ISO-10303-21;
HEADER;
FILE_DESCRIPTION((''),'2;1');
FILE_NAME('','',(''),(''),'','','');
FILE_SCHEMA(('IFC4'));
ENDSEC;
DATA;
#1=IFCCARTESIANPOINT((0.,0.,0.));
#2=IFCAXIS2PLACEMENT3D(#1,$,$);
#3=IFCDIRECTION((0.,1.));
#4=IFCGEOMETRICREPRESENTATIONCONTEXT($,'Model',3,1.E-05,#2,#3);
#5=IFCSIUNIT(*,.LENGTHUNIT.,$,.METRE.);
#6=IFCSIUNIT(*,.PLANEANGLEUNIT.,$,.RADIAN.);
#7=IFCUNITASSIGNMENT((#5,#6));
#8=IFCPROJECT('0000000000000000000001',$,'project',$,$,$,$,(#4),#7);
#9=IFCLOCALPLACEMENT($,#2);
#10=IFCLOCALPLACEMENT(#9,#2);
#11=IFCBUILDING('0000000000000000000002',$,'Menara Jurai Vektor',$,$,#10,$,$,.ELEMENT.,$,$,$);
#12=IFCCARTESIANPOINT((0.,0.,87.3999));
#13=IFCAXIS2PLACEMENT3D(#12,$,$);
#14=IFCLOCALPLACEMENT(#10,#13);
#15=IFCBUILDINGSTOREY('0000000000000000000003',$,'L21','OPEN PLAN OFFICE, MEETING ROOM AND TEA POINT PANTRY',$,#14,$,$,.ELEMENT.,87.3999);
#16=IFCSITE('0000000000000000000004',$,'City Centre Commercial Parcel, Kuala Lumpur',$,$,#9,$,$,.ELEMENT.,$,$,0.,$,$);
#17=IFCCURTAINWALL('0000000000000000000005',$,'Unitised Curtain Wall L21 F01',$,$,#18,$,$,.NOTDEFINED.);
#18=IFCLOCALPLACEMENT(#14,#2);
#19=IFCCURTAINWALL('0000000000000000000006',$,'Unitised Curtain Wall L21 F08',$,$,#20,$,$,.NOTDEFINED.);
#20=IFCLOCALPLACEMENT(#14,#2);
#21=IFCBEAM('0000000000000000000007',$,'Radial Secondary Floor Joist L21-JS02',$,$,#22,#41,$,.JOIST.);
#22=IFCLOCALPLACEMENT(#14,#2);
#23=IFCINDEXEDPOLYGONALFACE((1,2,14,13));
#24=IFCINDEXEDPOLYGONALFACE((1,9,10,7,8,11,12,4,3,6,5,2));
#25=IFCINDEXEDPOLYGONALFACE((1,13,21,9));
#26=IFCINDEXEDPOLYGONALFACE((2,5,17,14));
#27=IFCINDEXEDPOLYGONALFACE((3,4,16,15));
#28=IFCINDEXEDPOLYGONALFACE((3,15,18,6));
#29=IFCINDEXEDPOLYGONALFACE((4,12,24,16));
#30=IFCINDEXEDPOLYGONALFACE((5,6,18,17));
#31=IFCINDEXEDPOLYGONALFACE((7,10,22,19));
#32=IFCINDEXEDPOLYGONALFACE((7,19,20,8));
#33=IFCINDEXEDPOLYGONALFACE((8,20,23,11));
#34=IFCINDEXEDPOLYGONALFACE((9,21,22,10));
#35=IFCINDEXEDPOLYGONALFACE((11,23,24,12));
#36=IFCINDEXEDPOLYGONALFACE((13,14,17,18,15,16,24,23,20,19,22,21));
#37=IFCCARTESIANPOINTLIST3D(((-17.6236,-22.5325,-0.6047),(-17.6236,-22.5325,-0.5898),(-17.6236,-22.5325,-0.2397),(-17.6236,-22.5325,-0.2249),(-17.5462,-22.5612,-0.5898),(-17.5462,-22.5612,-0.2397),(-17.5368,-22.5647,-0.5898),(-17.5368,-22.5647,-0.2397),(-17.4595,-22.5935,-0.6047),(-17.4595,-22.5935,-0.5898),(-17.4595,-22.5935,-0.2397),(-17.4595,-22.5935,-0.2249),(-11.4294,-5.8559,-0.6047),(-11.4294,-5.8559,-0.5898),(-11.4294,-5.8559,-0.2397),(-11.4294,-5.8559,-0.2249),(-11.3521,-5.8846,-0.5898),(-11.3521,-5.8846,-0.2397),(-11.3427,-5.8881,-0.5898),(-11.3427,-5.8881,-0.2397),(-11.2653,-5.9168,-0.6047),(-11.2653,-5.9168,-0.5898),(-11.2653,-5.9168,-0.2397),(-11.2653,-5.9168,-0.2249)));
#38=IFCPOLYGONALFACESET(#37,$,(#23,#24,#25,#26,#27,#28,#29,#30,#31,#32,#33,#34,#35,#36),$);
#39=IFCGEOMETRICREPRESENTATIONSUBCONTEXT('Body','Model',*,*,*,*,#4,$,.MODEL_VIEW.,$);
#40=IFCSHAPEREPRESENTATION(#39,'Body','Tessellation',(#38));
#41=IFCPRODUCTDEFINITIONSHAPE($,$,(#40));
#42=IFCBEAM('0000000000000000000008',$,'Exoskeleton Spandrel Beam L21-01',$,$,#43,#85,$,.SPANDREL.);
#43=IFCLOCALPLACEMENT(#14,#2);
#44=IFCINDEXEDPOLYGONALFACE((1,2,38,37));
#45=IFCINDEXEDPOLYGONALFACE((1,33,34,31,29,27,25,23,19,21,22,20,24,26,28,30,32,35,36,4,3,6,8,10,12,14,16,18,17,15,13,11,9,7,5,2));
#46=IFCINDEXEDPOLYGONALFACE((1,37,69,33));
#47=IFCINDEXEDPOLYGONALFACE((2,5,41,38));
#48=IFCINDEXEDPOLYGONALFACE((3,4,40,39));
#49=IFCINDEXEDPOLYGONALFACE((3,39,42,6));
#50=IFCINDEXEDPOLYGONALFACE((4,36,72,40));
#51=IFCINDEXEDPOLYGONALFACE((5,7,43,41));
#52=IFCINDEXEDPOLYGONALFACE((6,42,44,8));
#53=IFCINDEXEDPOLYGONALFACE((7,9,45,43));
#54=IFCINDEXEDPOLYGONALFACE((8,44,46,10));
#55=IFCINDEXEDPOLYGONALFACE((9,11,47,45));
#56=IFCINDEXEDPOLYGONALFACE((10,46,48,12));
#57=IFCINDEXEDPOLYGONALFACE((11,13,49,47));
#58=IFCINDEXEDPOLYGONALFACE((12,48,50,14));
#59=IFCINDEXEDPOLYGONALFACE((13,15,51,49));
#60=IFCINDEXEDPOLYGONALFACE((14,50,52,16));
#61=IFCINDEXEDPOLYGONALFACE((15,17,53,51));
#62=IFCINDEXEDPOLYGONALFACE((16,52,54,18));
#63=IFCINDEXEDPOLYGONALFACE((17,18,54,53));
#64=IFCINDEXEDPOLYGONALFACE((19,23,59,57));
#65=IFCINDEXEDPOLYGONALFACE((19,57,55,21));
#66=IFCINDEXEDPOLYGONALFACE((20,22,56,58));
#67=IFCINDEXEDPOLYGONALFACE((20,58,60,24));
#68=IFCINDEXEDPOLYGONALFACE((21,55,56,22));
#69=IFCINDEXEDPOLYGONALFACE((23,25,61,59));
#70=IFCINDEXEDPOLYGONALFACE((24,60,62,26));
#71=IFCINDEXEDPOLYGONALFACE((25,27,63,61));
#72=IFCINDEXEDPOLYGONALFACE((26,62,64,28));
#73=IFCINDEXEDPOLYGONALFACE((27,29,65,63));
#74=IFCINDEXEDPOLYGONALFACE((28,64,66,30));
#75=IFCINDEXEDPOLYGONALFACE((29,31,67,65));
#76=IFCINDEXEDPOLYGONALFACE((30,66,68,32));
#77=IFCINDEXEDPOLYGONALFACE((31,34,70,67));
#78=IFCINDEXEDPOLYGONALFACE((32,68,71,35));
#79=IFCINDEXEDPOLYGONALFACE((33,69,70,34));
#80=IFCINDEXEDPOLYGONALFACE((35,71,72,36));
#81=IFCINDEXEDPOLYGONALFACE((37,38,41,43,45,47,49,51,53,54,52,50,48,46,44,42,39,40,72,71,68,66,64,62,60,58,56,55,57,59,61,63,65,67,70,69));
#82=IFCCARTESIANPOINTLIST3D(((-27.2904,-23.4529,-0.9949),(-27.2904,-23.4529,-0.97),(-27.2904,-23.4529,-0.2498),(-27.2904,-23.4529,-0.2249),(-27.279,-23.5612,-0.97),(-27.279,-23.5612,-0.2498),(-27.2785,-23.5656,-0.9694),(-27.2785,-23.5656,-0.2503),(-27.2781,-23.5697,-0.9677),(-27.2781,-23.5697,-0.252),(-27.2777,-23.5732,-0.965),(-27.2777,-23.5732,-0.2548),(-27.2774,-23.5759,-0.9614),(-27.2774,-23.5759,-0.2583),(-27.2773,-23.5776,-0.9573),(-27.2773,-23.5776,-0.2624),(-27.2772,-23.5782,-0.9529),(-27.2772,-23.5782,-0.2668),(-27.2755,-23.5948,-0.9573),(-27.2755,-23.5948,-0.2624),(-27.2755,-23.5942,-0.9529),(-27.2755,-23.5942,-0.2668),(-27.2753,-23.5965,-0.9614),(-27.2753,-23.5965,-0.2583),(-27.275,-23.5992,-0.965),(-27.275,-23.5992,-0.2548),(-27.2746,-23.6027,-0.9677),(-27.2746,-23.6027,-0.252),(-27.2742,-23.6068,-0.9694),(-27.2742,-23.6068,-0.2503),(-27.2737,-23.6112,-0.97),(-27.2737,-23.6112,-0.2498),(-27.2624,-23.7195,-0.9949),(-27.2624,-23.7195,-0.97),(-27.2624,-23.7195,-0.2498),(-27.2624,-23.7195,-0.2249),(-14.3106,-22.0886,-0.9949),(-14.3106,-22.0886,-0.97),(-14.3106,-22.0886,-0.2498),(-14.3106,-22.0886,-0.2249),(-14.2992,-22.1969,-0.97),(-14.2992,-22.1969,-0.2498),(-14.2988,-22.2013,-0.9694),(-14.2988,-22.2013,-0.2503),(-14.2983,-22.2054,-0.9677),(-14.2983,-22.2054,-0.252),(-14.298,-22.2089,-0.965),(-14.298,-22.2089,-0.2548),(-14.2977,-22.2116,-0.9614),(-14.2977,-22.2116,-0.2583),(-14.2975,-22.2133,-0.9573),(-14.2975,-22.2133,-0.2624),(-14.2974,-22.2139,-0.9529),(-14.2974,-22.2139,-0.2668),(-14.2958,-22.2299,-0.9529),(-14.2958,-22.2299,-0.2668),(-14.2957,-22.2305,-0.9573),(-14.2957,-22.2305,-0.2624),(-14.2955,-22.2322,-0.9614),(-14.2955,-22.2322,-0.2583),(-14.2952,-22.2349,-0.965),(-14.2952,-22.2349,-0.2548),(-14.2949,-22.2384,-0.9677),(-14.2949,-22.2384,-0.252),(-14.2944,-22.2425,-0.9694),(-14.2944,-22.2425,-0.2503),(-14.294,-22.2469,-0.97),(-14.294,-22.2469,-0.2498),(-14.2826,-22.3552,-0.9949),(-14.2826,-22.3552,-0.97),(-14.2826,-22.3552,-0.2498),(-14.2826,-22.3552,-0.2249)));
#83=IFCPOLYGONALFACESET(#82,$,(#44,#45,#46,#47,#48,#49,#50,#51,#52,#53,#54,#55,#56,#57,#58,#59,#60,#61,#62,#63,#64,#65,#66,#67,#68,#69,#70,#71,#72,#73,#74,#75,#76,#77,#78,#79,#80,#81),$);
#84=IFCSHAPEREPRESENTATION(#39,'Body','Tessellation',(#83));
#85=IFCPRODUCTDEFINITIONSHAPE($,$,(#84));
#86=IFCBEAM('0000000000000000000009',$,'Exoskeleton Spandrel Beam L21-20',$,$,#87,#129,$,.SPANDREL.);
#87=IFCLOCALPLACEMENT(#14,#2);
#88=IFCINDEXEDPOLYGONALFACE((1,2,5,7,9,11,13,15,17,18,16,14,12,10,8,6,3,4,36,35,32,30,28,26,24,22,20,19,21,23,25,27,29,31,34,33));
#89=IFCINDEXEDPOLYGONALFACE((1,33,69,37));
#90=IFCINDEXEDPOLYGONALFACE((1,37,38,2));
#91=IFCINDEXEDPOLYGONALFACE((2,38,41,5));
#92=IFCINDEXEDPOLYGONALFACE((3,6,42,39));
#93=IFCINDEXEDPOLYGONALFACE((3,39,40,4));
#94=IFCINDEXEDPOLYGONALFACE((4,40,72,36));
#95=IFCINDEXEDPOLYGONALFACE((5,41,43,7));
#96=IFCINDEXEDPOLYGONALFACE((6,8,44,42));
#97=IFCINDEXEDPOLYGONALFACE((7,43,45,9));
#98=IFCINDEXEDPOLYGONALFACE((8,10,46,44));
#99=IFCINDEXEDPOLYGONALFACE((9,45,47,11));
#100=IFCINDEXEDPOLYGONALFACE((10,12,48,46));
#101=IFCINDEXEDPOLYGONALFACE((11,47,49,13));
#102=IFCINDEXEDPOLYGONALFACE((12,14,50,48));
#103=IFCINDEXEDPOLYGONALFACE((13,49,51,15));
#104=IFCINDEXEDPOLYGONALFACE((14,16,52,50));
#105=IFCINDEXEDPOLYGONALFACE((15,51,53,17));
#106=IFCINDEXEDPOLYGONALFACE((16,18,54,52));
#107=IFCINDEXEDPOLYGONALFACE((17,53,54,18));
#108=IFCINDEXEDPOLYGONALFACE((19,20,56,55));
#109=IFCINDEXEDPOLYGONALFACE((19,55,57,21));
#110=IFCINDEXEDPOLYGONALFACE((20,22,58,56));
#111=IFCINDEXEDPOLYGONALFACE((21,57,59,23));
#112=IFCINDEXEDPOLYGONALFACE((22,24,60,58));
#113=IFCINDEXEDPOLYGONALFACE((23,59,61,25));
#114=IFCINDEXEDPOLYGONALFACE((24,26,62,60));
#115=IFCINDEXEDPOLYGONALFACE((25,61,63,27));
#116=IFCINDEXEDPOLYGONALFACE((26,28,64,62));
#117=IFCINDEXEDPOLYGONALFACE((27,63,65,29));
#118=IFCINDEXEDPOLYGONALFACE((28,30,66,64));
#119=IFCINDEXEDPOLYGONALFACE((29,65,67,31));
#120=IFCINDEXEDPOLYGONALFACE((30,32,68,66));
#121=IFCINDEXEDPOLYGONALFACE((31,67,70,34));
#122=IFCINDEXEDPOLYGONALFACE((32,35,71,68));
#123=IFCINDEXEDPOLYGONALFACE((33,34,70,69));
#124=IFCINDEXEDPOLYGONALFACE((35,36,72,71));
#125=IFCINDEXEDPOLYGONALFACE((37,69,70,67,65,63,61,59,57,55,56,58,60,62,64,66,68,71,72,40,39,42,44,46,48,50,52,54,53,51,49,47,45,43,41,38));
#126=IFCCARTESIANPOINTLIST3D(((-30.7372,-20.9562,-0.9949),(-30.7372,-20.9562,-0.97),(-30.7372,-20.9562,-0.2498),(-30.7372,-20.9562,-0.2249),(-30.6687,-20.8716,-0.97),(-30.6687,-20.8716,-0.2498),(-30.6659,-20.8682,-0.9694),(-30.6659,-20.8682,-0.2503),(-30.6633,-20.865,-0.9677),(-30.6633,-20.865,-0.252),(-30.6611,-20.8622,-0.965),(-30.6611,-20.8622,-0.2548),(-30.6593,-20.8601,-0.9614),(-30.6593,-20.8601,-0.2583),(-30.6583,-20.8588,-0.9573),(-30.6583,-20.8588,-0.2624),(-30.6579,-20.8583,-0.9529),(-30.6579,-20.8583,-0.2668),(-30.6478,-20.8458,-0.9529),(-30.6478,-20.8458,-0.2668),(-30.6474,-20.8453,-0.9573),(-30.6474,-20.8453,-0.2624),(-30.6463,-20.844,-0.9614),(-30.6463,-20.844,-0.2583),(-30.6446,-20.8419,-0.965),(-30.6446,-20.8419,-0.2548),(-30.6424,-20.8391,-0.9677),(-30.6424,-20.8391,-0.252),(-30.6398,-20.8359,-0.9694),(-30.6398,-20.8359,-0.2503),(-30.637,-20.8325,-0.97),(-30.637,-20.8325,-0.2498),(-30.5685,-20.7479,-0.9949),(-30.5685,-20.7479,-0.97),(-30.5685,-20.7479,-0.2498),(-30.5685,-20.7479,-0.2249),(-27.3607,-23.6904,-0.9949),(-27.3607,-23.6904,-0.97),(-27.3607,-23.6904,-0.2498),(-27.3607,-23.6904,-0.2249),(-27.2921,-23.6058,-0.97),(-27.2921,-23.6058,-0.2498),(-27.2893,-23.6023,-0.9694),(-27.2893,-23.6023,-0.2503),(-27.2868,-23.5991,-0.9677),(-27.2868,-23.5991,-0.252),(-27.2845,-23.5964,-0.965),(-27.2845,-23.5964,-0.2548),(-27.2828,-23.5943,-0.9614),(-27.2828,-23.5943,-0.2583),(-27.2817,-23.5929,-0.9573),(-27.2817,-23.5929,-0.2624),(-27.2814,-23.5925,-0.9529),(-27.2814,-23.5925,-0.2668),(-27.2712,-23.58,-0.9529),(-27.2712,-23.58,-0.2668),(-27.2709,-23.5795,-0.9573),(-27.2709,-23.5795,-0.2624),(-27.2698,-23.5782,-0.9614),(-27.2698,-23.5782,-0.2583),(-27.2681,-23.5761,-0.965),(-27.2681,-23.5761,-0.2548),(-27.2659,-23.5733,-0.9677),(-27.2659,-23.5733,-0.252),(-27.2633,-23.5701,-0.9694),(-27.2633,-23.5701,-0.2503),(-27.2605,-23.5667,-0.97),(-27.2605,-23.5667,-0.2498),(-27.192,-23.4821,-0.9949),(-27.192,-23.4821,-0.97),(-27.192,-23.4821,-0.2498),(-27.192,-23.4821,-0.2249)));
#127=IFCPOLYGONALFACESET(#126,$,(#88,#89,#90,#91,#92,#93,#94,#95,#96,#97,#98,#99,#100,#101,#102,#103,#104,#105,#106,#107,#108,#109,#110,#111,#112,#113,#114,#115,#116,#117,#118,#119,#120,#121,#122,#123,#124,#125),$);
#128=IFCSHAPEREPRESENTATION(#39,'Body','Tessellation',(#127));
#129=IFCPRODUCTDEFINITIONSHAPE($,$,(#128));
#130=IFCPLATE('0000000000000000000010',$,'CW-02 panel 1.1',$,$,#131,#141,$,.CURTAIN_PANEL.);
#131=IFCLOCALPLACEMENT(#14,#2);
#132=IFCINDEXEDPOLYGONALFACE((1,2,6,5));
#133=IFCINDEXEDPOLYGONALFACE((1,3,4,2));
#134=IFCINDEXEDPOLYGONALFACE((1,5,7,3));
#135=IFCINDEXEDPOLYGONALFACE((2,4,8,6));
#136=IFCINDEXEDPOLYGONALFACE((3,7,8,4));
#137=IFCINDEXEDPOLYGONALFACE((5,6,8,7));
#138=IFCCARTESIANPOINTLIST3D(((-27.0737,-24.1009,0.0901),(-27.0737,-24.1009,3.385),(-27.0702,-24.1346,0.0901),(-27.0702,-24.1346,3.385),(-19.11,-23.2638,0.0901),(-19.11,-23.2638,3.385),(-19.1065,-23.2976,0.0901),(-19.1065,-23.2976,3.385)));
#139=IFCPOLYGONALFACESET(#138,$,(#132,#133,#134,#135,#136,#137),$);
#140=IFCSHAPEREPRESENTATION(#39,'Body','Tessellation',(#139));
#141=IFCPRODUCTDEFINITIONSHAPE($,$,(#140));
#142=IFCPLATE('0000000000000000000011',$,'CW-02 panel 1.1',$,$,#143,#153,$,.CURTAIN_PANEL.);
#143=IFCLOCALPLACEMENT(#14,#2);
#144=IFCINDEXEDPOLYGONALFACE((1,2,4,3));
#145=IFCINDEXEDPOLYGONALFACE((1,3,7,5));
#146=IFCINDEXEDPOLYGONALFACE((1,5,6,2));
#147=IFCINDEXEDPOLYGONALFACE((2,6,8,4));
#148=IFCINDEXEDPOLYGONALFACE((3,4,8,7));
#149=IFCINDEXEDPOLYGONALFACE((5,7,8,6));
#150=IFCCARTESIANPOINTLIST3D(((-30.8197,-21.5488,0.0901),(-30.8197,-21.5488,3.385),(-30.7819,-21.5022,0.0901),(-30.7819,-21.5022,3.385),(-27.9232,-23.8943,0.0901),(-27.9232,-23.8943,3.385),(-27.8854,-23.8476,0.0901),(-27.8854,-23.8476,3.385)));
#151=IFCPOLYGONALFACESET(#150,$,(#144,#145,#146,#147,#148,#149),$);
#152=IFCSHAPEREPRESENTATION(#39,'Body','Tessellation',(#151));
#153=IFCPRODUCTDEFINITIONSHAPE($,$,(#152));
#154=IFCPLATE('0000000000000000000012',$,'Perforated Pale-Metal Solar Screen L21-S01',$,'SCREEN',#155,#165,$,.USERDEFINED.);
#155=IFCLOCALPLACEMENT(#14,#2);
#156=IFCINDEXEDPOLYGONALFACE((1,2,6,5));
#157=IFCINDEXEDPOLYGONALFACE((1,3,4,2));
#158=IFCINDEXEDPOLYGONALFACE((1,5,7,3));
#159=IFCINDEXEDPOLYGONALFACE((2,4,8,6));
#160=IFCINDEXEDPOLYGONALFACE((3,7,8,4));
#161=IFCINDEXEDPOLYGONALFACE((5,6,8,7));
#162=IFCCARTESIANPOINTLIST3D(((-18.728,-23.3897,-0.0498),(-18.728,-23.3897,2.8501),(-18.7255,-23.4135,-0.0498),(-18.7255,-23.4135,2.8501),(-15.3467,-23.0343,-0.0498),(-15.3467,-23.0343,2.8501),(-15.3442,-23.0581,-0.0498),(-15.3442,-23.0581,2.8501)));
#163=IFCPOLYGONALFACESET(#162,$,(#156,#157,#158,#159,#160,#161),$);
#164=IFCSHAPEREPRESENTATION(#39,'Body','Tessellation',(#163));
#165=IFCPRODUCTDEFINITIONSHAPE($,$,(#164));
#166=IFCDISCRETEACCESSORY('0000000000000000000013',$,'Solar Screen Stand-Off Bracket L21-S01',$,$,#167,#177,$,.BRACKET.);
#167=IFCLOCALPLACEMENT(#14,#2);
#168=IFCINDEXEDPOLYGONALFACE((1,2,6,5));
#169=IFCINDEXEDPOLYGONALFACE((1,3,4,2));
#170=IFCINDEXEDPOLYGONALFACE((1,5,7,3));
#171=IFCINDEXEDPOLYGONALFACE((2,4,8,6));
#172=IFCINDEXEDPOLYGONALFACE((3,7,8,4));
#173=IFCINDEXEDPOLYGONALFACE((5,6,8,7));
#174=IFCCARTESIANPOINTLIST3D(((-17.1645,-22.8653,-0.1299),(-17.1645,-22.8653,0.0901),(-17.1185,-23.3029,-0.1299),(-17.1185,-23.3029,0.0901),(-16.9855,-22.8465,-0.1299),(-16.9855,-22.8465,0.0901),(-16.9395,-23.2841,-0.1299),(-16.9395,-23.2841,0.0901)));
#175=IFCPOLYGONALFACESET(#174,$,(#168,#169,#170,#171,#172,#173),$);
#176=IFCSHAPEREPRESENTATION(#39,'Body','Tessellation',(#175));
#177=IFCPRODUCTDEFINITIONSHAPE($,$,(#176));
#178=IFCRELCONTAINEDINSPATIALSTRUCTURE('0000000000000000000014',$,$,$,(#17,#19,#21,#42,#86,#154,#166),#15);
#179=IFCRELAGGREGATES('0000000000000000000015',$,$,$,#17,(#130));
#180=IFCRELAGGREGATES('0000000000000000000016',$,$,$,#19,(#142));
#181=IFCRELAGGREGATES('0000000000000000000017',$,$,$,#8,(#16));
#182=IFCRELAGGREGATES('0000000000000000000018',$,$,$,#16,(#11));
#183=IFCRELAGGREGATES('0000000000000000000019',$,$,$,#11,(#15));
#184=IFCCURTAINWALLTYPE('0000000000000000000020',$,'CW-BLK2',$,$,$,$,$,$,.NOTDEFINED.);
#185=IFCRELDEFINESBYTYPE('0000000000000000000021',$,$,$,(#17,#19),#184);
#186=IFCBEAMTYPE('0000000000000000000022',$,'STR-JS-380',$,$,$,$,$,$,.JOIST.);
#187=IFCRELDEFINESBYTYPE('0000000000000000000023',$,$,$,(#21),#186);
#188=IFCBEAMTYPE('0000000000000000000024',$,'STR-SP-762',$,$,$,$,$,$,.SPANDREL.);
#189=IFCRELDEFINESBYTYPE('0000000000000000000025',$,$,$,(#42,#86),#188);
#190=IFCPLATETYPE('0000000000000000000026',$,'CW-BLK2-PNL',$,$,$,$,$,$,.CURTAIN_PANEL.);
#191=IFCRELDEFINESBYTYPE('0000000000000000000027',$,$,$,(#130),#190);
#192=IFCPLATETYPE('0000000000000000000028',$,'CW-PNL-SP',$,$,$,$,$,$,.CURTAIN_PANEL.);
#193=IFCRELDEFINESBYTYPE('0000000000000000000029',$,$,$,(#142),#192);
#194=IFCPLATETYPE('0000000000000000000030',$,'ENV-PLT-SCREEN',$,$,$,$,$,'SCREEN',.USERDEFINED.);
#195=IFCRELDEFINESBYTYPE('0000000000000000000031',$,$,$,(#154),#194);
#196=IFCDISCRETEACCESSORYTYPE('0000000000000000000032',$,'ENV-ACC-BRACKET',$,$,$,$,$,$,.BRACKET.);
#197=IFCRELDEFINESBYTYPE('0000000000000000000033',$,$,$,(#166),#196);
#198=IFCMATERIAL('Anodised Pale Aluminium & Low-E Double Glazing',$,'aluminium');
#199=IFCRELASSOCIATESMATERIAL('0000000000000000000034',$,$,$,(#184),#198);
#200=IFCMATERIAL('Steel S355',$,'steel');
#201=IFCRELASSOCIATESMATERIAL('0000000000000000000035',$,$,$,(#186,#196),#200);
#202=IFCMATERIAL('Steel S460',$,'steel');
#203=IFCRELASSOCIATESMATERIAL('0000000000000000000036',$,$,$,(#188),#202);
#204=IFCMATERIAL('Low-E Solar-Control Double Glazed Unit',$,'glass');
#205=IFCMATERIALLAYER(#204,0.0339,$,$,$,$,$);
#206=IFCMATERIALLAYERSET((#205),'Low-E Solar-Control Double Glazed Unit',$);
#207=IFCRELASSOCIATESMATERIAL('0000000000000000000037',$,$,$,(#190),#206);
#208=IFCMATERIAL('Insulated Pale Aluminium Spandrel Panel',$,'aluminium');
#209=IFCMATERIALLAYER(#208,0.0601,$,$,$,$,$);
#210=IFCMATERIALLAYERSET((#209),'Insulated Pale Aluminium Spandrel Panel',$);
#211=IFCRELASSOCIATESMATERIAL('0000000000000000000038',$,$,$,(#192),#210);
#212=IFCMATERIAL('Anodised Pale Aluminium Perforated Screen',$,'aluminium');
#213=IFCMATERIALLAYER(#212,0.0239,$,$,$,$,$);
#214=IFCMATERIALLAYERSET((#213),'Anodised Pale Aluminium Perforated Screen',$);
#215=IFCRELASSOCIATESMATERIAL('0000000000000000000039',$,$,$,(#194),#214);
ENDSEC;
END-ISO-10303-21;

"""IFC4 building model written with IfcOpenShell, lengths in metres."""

from ifc_helpers import new_model, si_unit, direction, frame, origin, origin_2d, place, context, subcontext, project, spatial, rectangle, i_section, extrude, material, layer, layer_set, material_profile, profile_set, type_object, element, aggregate, save


model = new_model("IFC4")

# Units and contexts
model_context = context("Model", 3, precision=1e-05, world=origin(), true_north=direction((0.0, 1.0)))
body_context = subcontext(model_context, "Body", "Model", "MODEL_VIEW")
ifc_project = project(units=[si_unit("LENGTHUNIT", "METRE"), si_unit("PLANEANGLEUNIT", "RADIAN")], contexts=[model_context])

# Site, building, storey
site_placement = place(None, origin())
site = spatial("IfcSite", under=ifc_project, at=site_placement, Name="City Centre Commercial Parcel, Kuala Lumpur", CompositionType="ELEMENT", RefElevation=0.0)
building_placement = place(site_placement, origin())
building = spatial("IfcBuilding", under=site, at=building_placement, Name="Menara Jurai Vektor", CompositionType="ELEMENT")
storey_placement = place(building_placement, frame((0.0, 0.0, 87.3999)))
storey = spatial("IfcBuildingStorey", under=building, at=storey_placement, Name="L21", Description="OPEN PLAN OFFICE, MEETING ROOM AND TEA POINT PANTRY", CompositionType="ELEMENT", Elevation=87.3999)

# Shared definitions
ifc_material_1 = material(Name="Steel S460", Category="steel")

# Curtain walls
ifc_material_2 = material(Name="Anodised Pale Aluminium & Low-E Double Glazing", Category="aluminium")
curtain_wall_type = type_object("IfcCurtainWallType", Name="CW-BLK2", PredefinedType="NOTDEFINED", material=ifc_material_2)
curtain_wall_1_placement = place(storey_placement, origin())
curtain_wall_1 = element("IfcCurtainWall", 1, at=curtain_wall_1_placement, inside=storey, type_object=curtain_wall_type, Name="Unitised Curtain Wall L21 F01", PredefinedType="NOTDEFINED")
curtain_wall_2_placement = place(storey_placement, origin())
curtain_wall_2 = element("IfcCurtainWall", 2, at=curtain_wall_2_placement, inside=storey, type_object=curtain_wall_type, Name="Unitised Curtain Wall L21 F08", PredefinedType="NOTDEFINED")

# Shared definitions
ifc_material_3 = material(Name="Steel S355", Category="steel")

# Beams
ifc_material_profile_1 = material_profile(ifc_material_3, i_section(OverallWidth=0.175, OverallDepth=0.3799, WebThickness=0.01, FlangeThickness=0.0149, at=origin_2d()), Name="PG 380x175x58")
ifc_profile_set_1 = profile_set([ifc_material_profile_1], Name="Steel S355")
beam_type_1 = type_object("IfcBeamType", Name="STR-JS-380", PredefinedType="JOIST", material=ifc_profile_set_1)
beam_1_placement = place(storey_placement, frame((-17.5415, -22.563, -0.4148), z_axis=(0.348184, 0.937426, 0.0), x_axis=(-0.937426, 0.348184, 0.0)))
element("IfcBeam", 3, at=beam_1_placement, inside=storey, type_object=beam_type_1, Name="Radial Secondary Floor Joist L21-JS02", PredefinedType="JOIST", context=body_context, shape_type="SweptSolid", body=[
    extrude(i_section(OverallWidth=0.175, OverallDepth=0.3799, WebThickness=0.01, FlangeThickness=0.0149, at=origin_2d()), origin(), (0.0, 0.0, 1.0), 17.7898),
])
ifc_material_profile_2 = material_profile(ifc_material_1, i_section(OverallWidth=0.2681, OverallDepth=0.77, WebThickness=0.0161, FlangeThickness=0.0249, FilletRadius=0.0171, at=origin_2d()), Name="UKB 762x267x197")
ifc_profile_set_2 = profile_set([ifc_material_profile_2], Name="Steel S460")
beam_type_2 = type_object("IfcBeamType", Name="STR-SP-762", PredefinedType="SPANDREL", material=ifc_profile_set_2)
beam_2_placement = place(storey_placement, frame((-27.2764, -23.5862, -0.6099), z_axis=(0.994522, 0.104531, 0.0), x_axis=(-0.104531, 0.994522, 0.0)))
element("IfcBeam", 4, at=beam_2_placement, inside=storey, type_object=beam_type_2, Name="Exoskeleton Spandrel Beam L21-01", PredefinedType="SPANDREL", context=body_context, shape_type="SweptSolid", body=[
    extrude(i_section(OverallWidth=0.2681, OverallDepth=0.77, WebThickness=0.0161, FlangeThickness=0.0249, FilletRadius=0.0171, at=origin_2d()), origin(), (0.0, 0.0, 1.0), 13.0513),
])
beam_3_placement = place(storey_placement, frame((-30.6528, -20.8521, -0.6099), z_axis=(0.777155, -0.62931, 0.0), x_axis=(0.62931, 0.777155, 0.0)))
element("IfcBeam", 5, at=beam_3_placement, inside=storey, type_object=beam_type_2, Name="Exoskeleton Spandrel Beam L21-20", PredefinedType="SPANDREL", context=body_context, shape_type="SweptSolid", body=[
    extrude(i_section(OverallWidth=0.2681, OverallDepth=0.77, WebThickness=0.0161, FlangeThickness=0.0249, FilletRadius=0.0171, at=origin_2d()), origin(), (0.0, 0.0, 1.0), 4.3447),
])

# Plates
ifc_material_4 = material(Name="Low-E Solar-Control Double Glazed Unit", Category="glass")
ifc_layer_1 = layer(ifc_material_4, 0.0339)
ifc_layer_set_1 = layer_set([ifc_layer_1], Name="Low-E Solar-Control Double Glazed Unit")
plate_type_1 = type_object("IfcPlateType", Name="CW-BLK2-PNL", PredefinedType="CURTAIN_PANEL", material=ifc_layer_set_1)
plate_1_placement = place(storey_placement, frame((-23.0901, -23.6992, 0.0901), z_axis=(0.0, 0.0, 1.0), x_axis=(0.994522, 0.104529, 0.0)))
plate_1 = element("IfcPlate", 6, at=plate_1_placement, type_object=plate_type_1, Name="CW-02 panel 1.1", PredefinedType="CURTAIN_PANEL", context=body_context, shape_type="SweptSolid", body=[
    extrude(rectangle(XDim=8.0076, YDim=0.0339, at=origin_2d()), origin(), (0.0, 0.0, 1.0), 3.2949),
])
aggregate(curtain_wall_1, [plate_1])
ifc_material_5 = material(Name="Insulated Pale Aluminium Spandrel Panel", Category="aluminium")
ifc_layer_2 = layer(ifc_material_5, 0.0601)
ifc_layer_set_2 = layer_set([ifc_layer_2], Name="Insulated Pale Aluminium Spandrel Panel")
plate_type_2 = type_object("IfcPlateType", Name="CW-PNL-SP", PredefinedType="CURTAIN_PANEL", material=ifc_layer_set_2)
plate_2_placement = place(storey_placement, frame((-29.3525, -22.6982, 0.0901), z_axis=(0.0, 0.0, 1.0), x_axis=(0.777152, -0.629313, 0.0)))
plate_2 = element("IfcPlate", 7, at=plate_2_placement, type_object=plate_type_2, Name="CW-02 panel 1.1", PredefinedType="CURTAIN_PANEL", context=body_context, shape_type="SweptSolid", body=[
    extrude(rectangle(XDim=3.7271, YDim=0.0601, at=origin_2d()), origin(), (0.0, 0.0, 1.0), 3.2949),
])
aggregate(curtain_wall_2, [plate_2])
ifc_material_6 = material(Name="Anodised Pale Aluminium Perforated Screen", Category="aluminium")
ifc_layer_3 = layer(ifc_material_6, 0.0239)
ifc_layer_set_3 = layer_set([ifc_layer_3], Name="Anodised Pale Aluminium Perforated Screen")
plate_type_3 = type_object("IfcPlateType", Name="ENV-PLT-SCREEN", ElementType="SCREEN", PredefinedType="USERDEFINED", material=ifc_layer_set_3)
plate_3_placement = place(storey_placement, frame((-17.0361, -23.2239, -0.0498), z_axis=(0.0, 0.0, 1.0), x_axis=(0.994522, 0.104528, 0.0)))
element("IfcPlate", 8, at=plate_3_placement, inside=storey, type_object=plate_type_3, Name="Perforated Pale-Metal Solar Screen L21-S01", ObjectType="SCREEN", PredefinedType="USERDEFINED", context=body_context, shape_type="SweptSolid", body=[
    extrude(rectangle(XDim=3.3999, YDim=0.0239, at=origin_2d()), origin(), (0.0, 0.0, 1.0), 2.8999),
])

# Discrete accessory
discrete_accessory_type = type_object("IfcDiscreteAccessoryType", Name="ENV-ACC-BRACKET", PredefinedType="BRACKET", material=ifc_material_3)
discrete_accessory_placement = place(storey_placement, frame((-17.052, -23.0747, -0.1299), z_axis=(0.0, 0.0, 1.0), x_axis=(0.994522, 0.104528, 0.0)))
element("IfcDiscreteAccessory", 9, at=discrete_accessory_placement, inside=storey, type_object=discrete_accessory_type, Name="Solar Screen Stand-Off Bracket L21-S01", PredefinedType="BRACKET", context=body_context, shape_type="SweptSolid", body=[
    extrude(rectangle(XDim=0.1799, YDim=0.4399, at=origin_2d()), origin(), (0.0, 0.0, 1.0), 0.22),
])

save(model, "model.ifc")
